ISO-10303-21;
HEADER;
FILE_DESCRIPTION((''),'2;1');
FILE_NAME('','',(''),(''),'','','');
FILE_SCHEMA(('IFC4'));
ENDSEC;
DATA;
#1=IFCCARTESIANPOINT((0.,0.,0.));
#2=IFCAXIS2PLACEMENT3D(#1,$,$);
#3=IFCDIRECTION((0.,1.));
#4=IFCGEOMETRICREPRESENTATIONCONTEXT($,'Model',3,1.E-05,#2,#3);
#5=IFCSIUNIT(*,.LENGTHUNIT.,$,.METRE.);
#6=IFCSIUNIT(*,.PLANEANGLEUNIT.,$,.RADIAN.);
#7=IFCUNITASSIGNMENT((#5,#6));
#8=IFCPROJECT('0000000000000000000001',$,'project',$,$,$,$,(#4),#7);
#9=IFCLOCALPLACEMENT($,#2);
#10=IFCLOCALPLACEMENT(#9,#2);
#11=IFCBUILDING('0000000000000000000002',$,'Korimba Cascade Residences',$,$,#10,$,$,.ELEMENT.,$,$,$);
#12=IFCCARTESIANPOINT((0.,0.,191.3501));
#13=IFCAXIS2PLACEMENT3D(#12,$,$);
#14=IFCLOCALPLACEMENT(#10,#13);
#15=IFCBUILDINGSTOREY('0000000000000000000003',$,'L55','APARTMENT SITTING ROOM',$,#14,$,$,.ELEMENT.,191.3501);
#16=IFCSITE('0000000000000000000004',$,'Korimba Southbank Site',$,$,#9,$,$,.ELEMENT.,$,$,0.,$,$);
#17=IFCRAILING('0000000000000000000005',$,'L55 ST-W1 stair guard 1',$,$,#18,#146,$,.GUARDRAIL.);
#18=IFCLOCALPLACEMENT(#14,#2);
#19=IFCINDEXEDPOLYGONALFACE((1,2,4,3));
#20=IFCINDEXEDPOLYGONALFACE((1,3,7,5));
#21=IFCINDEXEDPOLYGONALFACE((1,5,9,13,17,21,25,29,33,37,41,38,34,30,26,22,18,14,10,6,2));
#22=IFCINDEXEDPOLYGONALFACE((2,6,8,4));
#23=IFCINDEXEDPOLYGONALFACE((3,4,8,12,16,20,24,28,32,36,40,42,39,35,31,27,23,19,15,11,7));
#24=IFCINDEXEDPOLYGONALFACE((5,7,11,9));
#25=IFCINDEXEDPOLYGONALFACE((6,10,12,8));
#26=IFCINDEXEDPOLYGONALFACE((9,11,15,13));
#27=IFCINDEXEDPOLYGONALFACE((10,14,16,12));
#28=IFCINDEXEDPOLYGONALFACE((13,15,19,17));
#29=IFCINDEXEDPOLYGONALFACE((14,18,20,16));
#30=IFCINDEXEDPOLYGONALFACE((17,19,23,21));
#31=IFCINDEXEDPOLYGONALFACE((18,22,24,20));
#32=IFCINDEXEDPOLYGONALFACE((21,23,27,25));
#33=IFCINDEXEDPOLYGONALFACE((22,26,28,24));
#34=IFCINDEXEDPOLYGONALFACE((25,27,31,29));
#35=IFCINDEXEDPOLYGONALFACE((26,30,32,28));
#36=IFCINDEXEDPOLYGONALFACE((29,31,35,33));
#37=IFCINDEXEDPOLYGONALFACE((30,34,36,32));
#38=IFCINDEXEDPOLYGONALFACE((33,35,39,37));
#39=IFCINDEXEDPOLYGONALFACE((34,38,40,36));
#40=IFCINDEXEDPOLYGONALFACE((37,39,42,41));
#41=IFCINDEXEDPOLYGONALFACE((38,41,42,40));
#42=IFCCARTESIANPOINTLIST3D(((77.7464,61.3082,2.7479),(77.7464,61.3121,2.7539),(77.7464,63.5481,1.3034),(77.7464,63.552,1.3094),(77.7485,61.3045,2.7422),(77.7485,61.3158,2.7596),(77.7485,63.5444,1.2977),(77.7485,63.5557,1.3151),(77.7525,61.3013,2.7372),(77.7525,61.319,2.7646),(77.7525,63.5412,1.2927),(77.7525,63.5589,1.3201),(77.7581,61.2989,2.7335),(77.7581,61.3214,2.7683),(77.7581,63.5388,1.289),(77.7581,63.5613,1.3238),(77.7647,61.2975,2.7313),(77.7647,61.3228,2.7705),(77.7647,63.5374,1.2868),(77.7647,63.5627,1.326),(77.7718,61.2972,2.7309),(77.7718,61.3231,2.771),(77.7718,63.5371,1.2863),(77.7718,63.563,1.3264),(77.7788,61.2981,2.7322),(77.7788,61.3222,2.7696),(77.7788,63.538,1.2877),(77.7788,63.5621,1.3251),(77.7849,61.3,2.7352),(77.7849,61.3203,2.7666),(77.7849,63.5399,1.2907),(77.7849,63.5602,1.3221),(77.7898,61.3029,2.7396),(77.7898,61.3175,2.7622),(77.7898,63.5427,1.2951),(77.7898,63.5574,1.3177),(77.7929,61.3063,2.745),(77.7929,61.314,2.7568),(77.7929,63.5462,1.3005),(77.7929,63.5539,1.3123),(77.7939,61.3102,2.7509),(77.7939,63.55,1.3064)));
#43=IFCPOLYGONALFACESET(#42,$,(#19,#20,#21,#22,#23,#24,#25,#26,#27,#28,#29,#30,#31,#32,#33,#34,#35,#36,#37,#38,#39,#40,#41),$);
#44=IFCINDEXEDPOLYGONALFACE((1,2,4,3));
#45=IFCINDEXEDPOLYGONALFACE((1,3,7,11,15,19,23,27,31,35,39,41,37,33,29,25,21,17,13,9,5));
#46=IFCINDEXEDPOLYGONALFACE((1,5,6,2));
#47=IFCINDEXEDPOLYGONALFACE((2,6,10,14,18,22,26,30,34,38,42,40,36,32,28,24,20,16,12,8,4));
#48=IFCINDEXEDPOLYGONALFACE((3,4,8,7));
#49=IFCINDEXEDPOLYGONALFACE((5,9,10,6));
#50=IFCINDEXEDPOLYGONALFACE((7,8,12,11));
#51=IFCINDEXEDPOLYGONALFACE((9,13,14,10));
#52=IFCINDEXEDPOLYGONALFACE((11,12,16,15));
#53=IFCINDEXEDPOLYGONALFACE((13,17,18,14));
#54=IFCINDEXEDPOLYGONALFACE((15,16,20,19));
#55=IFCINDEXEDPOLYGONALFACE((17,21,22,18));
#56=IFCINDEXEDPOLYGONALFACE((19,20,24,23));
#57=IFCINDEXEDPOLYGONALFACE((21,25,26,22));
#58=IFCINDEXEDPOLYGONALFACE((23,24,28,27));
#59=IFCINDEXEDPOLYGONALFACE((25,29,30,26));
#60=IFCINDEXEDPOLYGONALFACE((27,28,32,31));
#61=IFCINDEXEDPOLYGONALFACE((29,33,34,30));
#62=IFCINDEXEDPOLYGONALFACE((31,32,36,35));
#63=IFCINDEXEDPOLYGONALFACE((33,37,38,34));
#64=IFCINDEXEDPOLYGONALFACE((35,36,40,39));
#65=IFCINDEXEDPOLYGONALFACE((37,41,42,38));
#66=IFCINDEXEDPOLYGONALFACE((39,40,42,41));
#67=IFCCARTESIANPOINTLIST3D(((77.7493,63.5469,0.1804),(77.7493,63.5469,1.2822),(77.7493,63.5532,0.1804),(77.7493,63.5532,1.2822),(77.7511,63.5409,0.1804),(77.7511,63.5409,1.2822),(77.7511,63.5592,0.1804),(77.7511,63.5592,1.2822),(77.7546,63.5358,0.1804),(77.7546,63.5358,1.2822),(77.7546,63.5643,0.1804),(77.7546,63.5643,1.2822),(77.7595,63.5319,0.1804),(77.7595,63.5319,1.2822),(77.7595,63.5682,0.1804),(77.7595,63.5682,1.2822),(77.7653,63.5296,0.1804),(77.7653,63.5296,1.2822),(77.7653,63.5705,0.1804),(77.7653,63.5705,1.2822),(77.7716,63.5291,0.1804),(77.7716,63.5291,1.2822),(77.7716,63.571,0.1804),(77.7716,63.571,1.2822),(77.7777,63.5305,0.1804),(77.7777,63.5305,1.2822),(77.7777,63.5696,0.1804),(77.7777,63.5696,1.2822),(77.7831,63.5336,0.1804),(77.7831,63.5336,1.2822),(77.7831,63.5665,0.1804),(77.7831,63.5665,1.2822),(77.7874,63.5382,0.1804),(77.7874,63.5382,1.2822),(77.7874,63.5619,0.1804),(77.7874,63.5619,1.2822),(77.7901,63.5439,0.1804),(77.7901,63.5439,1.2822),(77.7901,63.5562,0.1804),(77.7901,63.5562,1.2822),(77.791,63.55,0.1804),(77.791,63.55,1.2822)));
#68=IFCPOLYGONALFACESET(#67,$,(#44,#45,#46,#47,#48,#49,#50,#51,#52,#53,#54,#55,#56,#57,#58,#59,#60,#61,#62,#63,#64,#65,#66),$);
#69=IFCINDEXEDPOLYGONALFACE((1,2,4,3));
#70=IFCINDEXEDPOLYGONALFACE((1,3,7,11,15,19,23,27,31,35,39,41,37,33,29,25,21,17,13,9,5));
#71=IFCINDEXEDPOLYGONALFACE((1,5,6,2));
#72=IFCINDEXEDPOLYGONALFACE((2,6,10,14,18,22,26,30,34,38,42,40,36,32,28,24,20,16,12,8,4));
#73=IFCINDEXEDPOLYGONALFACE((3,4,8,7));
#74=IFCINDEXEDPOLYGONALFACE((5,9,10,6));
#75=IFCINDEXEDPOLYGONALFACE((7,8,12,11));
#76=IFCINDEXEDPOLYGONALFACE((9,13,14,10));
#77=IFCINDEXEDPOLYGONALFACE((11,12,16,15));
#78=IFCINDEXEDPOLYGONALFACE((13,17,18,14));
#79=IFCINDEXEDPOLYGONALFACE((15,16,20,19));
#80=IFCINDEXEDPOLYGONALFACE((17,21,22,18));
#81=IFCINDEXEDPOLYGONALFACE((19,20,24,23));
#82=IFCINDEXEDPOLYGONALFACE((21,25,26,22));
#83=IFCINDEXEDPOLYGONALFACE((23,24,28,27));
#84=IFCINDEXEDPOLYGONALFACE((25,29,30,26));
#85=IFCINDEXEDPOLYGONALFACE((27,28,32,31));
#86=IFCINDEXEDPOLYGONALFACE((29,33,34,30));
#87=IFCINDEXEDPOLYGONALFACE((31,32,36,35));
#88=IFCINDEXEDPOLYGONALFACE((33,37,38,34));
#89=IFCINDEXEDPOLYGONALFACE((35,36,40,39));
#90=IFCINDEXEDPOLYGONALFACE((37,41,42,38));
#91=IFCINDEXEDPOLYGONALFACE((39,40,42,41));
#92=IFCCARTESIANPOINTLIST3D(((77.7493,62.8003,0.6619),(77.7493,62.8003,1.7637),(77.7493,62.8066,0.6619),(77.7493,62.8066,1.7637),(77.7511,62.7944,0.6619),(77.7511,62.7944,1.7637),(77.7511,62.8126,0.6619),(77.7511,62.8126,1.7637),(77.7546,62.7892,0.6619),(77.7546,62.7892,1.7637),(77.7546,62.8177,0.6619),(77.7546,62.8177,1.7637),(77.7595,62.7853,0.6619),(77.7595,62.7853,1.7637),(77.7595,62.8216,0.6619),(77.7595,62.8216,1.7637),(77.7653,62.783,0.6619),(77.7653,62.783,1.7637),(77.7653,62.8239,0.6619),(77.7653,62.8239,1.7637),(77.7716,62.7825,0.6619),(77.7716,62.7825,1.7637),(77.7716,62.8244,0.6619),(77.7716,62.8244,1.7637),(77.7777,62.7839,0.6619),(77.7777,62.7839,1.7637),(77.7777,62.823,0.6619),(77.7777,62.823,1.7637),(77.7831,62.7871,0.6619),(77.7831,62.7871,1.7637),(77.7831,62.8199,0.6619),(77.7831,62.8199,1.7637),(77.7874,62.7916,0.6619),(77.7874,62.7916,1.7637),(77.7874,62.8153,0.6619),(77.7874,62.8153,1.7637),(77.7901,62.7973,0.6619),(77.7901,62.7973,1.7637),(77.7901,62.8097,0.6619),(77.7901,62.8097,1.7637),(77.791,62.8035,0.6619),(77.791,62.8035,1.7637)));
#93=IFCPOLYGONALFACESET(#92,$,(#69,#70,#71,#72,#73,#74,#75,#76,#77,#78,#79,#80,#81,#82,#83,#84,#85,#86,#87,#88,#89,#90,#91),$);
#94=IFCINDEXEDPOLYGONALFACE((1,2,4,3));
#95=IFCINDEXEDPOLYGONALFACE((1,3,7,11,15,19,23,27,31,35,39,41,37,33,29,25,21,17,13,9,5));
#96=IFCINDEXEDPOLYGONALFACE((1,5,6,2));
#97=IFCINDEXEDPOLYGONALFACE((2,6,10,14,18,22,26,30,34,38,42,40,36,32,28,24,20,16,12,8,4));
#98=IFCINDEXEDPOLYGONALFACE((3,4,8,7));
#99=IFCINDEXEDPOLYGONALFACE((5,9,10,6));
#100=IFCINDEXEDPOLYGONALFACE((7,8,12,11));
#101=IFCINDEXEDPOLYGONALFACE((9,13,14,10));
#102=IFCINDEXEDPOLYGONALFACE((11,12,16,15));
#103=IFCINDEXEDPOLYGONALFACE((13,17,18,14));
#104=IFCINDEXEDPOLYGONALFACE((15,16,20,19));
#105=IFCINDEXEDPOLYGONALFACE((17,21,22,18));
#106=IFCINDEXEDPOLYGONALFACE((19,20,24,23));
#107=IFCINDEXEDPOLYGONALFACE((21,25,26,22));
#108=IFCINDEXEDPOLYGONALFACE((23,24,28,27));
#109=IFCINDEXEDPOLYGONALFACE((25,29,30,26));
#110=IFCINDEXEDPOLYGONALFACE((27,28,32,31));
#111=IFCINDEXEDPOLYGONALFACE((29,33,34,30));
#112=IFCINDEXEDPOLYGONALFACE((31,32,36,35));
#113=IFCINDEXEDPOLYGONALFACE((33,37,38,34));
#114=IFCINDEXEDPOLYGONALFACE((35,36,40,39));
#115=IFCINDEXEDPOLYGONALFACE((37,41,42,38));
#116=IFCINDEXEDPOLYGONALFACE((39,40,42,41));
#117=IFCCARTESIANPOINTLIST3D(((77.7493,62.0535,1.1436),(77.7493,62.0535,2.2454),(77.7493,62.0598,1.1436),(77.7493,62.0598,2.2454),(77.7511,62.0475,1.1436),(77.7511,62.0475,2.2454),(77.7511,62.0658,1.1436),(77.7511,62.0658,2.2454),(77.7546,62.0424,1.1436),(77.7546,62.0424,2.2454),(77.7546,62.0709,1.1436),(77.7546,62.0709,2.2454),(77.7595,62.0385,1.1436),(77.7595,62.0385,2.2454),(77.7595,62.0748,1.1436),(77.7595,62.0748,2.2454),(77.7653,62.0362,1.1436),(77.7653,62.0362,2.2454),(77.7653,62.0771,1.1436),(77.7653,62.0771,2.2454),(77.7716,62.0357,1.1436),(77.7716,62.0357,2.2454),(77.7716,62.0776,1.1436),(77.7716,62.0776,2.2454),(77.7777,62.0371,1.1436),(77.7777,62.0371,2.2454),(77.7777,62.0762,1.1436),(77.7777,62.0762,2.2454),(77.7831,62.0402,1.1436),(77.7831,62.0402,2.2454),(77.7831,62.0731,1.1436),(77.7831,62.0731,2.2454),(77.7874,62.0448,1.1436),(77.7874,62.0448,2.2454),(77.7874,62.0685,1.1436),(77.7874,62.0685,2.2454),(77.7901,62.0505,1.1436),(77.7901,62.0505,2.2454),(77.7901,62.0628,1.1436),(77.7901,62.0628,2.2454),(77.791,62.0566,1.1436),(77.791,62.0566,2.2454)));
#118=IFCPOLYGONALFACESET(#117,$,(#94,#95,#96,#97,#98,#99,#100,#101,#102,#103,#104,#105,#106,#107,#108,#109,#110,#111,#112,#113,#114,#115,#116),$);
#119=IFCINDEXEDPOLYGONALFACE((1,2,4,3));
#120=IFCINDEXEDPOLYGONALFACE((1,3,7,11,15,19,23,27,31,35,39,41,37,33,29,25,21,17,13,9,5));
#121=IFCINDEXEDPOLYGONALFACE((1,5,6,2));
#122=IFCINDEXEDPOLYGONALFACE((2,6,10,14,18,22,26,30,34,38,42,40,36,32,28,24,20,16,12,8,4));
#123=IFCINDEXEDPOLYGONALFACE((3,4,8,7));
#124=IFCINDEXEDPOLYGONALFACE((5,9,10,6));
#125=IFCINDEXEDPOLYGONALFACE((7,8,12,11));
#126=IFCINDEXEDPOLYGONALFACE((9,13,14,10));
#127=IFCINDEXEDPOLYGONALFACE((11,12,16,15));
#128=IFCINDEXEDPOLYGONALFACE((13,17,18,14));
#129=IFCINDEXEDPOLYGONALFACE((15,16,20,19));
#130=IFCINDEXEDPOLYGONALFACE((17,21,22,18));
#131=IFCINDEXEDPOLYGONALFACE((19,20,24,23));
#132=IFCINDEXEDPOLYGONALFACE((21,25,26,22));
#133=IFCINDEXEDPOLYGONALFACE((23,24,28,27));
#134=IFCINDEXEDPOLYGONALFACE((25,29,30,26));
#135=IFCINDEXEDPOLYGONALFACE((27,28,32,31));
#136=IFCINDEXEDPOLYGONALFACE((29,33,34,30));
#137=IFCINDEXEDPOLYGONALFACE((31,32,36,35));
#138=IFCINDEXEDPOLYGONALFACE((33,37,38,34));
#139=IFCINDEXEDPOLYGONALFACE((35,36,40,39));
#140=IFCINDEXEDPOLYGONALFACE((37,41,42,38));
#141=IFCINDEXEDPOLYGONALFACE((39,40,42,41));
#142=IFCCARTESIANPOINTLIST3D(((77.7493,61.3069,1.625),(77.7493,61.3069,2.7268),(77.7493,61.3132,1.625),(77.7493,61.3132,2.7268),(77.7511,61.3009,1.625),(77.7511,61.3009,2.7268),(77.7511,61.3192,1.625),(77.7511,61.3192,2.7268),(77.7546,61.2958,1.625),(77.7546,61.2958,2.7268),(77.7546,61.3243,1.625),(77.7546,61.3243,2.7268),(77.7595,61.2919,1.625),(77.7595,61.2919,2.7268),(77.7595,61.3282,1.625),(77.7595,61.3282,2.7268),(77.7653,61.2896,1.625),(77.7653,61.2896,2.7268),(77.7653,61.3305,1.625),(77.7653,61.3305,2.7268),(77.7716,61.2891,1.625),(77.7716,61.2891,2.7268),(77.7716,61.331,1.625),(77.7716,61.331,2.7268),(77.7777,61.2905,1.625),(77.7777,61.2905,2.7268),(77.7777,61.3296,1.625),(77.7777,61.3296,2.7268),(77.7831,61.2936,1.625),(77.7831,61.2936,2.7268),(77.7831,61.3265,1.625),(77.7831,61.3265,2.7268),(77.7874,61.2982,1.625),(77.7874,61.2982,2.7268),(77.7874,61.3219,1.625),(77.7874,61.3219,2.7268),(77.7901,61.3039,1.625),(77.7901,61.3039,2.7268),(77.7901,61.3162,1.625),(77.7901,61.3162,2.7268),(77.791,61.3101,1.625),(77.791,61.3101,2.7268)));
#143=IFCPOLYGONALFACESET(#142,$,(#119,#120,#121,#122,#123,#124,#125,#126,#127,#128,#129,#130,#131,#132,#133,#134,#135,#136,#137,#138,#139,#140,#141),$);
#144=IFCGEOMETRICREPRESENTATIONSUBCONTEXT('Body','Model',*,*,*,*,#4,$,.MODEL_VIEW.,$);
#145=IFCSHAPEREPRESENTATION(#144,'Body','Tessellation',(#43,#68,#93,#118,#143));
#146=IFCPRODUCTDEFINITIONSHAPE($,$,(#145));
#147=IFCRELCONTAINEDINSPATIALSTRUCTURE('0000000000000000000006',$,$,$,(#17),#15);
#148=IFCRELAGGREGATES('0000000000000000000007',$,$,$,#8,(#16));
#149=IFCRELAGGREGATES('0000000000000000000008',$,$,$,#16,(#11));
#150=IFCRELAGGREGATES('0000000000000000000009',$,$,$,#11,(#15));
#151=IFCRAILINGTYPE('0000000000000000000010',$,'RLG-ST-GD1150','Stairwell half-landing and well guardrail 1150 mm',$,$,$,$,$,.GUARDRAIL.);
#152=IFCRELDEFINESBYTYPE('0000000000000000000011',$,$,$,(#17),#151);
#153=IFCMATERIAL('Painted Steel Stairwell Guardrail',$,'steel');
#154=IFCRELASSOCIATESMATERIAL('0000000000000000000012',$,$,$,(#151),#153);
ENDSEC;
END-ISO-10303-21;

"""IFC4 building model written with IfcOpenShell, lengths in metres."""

from ifc_helpers import new_model, si_unit, direction, frame, origin, origin_2d, place, context, subcontext, project, spatial, circle, extrude, material, type_object, element, save


model = new_model("IFC4")

# Units and contexts
model_context = context("Model", 3, precision=1e-05, world=origin(), true_north=direction((0.0, 1.0)))
body_context = subcontext(model_context, "Body", "Model", "MODEL_VIEW")
ifc_project = project(units=[si_unit("LENGTHUNIT", "METRE"), si_unit("PLANEANGLEUNIT", "RADIAN")], contexts=[model_context])

# Site, building, storey
site_placement = place(None, origin())
site = spatial("IfcSite", under=ifc_project, at=site_placement, Name="Korimba Southbank Site", CompositionType="ELEMENT", RefElevation=0.0)
building_placement = place(site_placement, origin())
building = spatial("IfcBuilding", under=site, at=building_placement, Name="Korimba Cascade Residences", CompositionType="ELEMENT")
storey_placement = place(building_placement, frame((0.0, 0.0, 191.3501)))
storey = spatial("IfcBuildingStorey", under=building, at=storey_placement, Name="L55", Description="APARTMENT SITTING ROOM", CompositionType="ELEMENT", Elevation=191.3501)

# Railing
ifc_material_1 = material(Name="Painted Steel Stairwell Guardrail", Category="steel")
railing_type_1 = type_object("IfcRailingType", Name="RLG-ST-GD1150", Description="Stairwell half-landing and well guardrail 1150 mm", PredefinedType="GUARDRAIL", material=ifc_material_1)
railing_1_placement = place(storey_placement, frame((77.77, 63.55, 0.1804)))
element("IfcRailing", 1, at=railing_1_placement, inside=storey, type_object=railing_type_1, Name="L55 ST-W1 stair guard 1", PredefinedType="GUARDRAIL", context=body_context, shape_type="SweptSolid", body=[
    extrude(circle(Radius=0.0239, at=origin_2d()), frame((0.0, 0.0, 1.126), z_axis=(0.0, -0.840395, 0.541975), x_axis=(1.0, 0.0, 0.0)), (0.0, 0.0, 1.0), 2.6653),
    extrude(circle(Radius=0.021, at=origin_2d()), origin(), (0.0, 0.0, 1.0), 1.1018),
    extrude(circle(Radius=0.021, at=origin_2d()), frame((0.0, -0.7466, 0.4814)), (0.0, 0.0, 1.0), 1.1018),
    extrude(circle(Radius=0.021, at=origin_2d()), frame((0.0, -1.4934, 0.9631)), (0.0, 0.0, 1.0), 1.1018),
    extrude(circle(Radius=0.021, at=origin_2d()), frame((0.0, -2.24, 1.4446)), (0.0, 0.0, 1.0), 1.1018),
])

save(model, "model.ifc")
